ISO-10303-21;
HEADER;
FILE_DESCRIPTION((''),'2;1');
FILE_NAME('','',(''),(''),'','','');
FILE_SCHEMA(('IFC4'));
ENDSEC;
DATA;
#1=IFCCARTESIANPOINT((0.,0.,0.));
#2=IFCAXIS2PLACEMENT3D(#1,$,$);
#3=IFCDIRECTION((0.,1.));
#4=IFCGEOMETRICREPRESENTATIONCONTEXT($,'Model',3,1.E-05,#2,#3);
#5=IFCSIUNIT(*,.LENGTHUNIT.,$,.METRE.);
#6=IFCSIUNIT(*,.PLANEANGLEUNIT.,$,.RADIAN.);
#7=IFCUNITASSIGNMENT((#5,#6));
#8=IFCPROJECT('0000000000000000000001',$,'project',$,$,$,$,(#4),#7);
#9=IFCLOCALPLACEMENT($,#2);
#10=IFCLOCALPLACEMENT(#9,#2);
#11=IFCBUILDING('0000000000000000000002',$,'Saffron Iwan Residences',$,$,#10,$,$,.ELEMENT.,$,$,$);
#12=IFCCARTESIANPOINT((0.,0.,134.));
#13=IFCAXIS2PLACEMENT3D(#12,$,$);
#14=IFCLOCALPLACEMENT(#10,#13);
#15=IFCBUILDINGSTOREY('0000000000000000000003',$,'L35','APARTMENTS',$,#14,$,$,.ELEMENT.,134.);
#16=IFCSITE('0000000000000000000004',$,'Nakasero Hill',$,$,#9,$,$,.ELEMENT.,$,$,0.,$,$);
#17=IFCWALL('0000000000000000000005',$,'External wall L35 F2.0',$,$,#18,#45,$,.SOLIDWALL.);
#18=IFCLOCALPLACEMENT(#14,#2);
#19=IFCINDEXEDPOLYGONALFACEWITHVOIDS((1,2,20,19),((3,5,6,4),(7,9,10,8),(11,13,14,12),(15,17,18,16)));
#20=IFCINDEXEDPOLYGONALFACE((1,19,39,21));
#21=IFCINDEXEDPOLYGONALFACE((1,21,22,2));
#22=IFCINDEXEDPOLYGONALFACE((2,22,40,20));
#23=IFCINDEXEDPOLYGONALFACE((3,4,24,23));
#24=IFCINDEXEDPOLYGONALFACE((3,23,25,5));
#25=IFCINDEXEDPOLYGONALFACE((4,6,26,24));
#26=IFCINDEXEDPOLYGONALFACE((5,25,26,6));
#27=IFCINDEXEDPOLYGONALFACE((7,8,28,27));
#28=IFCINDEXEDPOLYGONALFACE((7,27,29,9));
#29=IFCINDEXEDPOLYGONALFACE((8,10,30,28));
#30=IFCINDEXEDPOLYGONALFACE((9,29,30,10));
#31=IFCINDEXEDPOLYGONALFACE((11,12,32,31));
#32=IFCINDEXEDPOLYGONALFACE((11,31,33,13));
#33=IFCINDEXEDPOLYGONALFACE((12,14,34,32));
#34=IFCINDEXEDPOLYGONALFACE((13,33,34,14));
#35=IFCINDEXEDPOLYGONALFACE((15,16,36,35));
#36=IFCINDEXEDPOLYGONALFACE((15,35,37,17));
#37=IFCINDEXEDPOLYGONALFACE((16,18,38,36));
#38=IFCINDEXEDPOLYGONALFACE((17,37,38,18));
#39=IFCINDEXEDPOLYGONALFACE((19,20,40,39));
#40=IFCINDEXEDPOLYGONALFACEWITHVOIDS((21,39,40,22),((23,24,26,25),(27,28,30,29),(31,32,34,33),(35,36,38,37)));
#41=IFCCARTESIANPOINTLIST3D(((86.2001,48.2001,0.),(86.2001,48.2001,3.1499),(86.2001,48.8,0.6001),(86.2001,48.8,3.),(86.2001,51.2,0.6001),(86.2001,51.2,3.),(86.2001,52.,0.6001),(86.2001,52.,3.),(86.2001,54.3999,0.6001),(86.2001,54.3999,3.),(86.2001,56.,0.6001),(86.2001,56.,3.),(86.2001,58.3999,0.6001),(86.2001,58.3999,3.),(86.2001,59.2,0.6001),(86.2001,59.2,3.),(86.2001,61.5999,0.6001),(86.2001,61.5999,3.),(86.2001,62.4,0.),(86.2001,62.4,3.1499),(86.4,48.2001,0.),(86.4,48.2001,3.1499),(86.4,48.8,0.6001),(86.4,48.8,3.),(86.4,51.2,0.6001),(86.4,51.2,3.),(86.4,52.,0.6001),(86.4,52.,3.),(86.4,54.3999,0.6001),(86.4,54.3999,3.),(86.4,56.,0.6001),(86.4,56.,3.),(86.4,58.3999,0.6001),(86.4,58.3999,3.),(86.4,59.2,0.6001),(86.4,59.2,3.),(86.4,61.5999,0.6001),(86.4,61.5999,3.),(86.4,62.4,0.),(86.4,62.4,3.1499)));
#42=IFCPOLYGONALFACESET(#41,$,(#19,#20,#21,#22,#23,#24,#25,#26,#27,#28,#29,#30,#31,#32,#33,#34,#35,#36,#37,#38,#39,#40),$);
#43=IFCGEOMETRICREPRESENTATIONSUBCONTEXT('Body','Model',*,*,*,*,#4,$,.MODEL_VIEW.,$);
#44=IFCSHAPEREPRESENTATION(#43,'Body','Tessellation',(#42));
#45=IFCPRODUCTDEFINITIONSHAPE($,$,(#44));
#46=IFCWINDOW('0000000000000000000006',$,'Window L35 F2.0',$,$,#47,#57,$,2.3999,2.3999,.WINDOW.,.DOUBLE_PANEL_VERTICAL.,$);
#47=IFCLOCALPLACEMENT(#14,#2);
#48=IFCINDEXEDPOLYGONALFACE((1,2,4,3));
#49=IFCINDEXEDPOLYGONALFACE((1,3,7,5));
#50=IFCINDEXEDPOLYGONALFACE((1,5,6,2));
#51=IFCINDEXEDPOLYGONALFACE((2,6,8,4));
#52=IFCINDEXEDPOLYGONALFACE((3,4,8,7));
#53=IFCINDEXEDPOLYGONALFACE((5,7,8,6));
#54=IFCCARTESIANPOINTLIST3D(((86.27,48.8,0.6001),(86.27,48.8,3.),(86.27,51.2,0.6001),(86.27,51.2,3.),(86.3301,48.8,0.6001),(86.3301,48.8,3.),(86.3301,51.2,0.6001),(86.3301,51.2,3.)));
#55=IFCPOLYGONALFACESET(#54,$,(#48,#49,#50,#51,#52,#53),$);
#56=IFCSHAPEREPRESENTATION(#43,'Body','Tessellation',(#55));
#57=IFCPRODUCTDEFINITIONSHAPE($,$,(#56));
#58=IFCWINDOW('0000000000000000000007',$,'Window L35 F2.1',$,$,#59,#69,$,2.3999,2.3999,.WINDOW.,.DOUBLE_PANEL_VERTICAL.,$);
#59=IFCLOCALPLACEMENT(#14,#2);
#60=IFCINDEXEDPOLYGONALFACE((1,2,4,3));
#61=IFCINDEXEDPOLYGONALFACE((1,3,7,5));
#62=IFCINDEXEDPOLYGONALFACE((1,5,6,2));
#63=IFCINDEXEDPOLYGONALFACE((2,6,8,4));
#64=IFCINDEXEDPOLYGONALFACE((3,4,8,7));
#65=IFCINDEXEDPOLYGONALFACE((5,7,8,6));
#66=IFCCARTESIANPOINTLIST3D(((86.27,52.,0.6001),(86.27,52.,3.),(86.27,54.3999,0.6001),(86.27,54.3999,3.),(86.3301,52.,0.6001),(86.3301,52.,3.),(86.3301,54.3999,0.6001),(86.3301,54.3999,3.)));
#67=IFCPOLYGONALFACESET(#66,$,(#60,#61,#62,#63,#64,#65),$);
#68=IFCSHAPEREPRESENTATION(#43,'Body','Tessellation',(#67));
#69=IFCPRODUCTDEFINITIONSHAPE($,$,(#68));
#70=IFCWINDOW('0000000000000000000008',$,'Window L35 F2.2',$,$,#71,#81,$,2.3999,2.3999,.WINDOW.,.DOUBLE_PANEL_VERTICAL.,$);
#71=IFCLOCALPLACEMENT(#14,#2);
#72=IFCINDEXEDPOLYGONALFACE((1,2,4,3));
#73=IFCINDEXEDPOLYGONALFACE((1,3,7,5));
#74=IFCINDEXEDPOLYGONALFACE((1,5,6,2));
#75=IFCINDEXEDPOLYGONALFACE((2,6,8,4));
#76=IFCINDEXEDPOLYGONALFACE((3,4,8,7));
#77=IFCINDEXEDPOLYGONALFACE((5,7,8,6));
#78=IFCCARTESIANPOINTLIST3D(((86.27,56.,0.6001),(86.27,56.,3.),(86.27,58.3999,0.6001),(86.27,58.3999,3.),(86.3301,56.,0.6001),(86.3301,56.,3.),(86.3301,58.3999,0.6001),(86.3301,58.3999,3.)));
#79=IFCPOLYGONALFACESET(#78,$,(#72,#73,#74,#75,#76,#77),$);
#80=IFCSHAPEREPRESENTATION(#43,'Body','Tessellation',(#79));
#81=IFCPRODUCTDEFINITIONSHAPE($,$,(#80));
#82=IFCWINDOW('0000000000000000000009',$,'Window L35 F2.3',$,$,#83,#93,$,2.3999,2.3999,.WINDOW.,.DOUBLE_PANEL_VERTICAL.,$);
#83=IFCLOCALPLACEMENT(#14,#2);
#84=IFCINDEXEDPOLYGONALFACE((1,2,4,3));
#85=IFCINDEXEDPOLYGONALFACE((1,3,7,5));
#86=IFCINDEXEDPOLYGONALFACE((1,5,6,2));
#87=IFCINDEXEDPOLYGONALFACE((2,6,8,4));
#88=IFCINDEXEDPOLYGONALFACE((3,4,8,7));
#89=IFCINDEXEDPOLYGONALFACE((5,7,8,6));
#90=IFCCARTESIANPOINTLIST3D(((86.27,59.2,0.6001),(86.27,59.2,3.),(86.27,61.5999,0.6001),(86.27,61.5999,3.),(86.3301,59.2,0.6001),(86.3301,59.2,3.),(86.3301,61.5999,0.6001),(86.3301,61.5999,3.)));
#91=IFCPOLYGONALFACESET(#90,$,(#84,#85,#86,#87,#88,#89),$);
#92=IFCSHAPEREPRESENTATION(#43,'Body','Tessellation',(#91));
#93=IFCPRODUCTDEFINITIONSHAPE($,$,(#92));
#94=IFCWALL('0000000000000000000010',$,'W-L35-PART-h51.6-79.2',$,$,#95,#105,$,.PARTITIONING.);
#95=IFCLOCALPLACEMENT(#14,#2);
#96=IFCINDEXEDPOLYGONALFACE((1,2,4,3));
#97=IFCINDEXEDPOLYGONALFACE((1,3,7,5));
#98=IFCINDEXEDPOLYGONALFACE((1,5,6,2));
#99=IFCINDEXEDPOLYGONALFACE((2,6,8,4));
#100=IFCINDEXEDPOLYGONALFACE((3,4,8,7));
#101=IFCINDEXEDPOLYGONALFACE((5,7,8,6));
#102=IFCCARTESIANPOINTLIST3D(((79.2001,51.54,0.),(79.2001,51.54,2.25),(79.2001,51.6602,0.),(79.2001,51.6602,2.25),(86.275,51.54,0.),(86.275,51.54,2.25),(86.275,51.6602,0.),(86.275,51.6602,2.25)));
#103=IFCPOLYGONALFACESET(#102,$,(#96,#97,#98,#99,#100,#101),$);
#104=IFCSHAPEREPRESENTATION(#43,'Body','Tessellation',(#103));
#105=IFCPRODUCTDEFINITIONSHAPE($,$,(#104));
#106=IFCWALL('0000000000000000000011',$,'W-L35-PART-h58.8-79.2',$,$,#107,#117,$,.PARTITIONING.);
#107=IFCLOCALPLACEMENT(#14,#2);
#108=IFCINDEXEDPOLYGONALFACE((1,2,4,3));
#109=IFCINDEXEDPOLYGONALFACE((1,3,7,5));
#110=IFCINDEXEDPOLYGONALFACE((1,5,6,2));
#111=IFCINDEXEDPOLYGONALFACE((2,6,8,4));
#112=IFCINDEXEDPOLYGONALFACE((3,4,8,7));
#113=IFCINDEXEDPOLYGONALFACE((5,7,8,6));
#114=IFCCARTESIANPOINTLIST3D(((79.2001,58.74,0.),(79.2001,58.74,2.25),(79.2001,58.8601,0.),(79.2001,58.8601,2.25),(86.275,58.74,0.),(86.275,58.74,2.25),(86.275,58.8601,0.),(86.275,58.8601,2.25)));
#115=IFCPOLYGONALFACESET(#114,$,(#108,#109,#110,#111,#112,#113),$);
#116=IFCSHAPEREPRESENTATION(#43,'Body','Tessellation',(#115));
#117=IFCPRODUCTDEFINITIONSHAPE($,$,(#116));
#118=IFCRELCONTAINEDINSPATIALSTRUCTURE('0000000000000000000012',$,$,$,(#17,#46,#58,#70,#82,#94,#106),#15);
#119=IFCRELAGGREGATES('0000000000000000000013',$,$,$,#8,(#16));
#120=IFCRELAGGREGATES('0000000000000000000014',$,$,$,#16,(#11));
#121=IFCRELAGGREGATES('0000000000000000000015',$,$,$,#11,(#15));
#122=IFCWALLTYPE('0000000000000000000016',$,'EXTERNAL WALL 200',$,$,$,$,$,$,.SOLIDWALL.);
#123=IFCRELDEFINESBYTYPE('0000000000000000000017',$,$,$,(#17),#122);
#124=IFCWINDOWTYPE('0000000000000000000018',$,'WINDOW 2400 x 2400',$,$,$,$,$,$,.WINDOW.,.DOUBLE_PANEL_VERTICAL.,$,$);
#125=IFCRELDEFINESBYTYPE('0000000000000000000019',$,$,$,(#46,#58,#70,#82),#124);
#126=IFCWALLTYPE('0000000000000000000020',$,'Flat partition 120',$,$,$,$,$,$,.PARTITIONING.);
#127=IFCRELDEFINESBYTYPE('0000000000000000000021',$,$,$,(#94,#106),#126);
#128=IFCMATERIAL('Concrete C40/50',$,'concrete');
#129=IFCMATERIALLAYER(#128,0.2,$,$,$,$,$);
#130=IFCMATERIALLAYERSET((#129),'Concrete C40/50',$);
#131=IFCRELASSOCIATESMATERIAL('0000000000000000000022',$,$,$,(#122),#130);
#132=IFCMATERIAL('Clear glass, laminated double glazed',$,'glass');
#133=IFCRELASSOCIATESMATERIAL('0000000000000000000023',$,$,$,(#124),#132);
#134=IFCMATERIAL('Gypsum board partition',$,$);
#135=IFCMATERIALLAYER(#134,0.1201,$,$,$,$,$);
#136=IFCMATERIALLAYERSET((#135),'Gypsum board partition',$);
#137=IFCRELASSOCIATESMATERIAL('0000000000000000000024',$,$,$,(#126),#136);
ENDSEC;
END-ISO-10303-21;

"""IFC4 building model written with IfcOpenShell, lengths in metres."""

from ifc_helpers import new_model, si_unit, direction, frame, frame_2d, origin, place, context, subcontext, project, spatial, rectangle, extrude, material, layer, layer_set, type_object, element, fill, save


model = new_model("IFC4")

# Units and contexts
model_context = context("Model", 3, precision=1e-05, world=origin(), true_north=direction((0.0, 1.0)))
body_context = subcontext(model_context, "Body", "Model", "MODEL_VIEW")
ifc_project = project(units=[si_unit("LENGTHUNIT", "METRE"), si_unit("PLANEANGLEUNIT", "RADIAN")], contexts=[model_context])

# Site, building, storey
site_placement = place(None, origin())
site = spatial("IfcSite", under=ifc_project, at=site_placement, Name="Nakasero Hill", CompositionType="ELEMENT", RefElevation=0.0)
building_placement = place(site_placement, origin())
building = spatial("IfcBuilding", under=site, at=building_placement, Name="Saffron Iwan Residences", CompositionType="ELEMENT")
storey_placement = place(building_placement, frame((0.0, 0.0, 134.0)))
storey = spatial("IfcBuildingStorey", under=building, at=storey_placement, Name="L35", Description="APARTMENTS", CompositionType="ELEMENT", Elevation=134.0)

# Shared definitions
ifc_material_1 = material(Name="Concrete C40/50", Category="concrete")
ifc_layer_1 = layer(ifc_material_1, 0.2)
ifc_layer_set_1 = layer_set([ifc_layer_1], Name="Concrete C40/50")
wall_type_1 = type_object("IfcWallType", Name="EXTERNAL WALL 200", PredefinedType="SOLIDWALL", material=ifc_layer_set_1)
ifc_material_2 = material(Name="Clear glass, laminated double glazed", Category="glass")
window_type = type_object("IfcWindowType", Name="WINDOW 2400 x 2400", PartitioningType="DOUBLE_PANEL_VERTICAL", PredefinedType="WINDOW", material=ifc_material_2)

# Wall, openings, windows
wall_1_placement = place(storey_placement, frame((86.3, 48.2, 0.0), z_axis=(0.0, 0.0, 1.0), x_axis=(0.0, 1.0, 0.0)))
wall_1 = element("IfcWall", 1, at=wall_1_placement, inside=storey, type_object=wall_type_1, Name="External wall L35 F2.0", PredefinedType="SOLIDWALL", context=body_context, shape_type="SweptSolid", body=[
    extrude(rectangle(XDim=14.2, YDim=0.2, at=frame_2d((7.1001, 0.0))), origin(), (0.0, 0.0, 1.0), 3.1499),
])
opening_1_placement = place(wall_1_placement, frame((0.6001, 0.0, 0.6001)))
opening_1 = element("IfcOpeningElement", 2, at=opening_1_placement, cuts=wall_1, PredefinedType="OPENING", context=body_context, shape_type="SweptSolid", body=[
    extrude(rectangle(XDim=2.3999, YDim=2.3999, at=frame_2d((1.2, 1.2))), frame((0.0, 0.1099, 0.0), z_axis=(0.0, -1.0, 0.0), x_axis=(1.0, 0.0, 0.0)), (0.0, 0.0, 1.0), 0.22),
])
opening_2_placement = place(wall_1_placement, frame((3.8, 0.0, 0.6001)))
opening_2 = element("IfcOpeningElement", 3, at=opening_2_placement, cuts=wall_1, PredefinedType="OPENING", context=body_context, shape_type="SweptSolid", body=[
    extrude(rectangle(XDim=2.3999, YDim=2.3999, at=frame_2d((1.2, 1.2))), frame((0.0, 0.1099, 0.0), z_axis=(0.0, -1.0, 0.0), x_axis=(1.0, 0.0, 0.0)), (0.0, 0.0, 1.0), 0.22),
])
opening_3_placement = place(wall_1_placement, frame((7.8, 0.0, 0.6001)))
opening_3 = element("IfcOpeningElement", 4, at=opening_3_placement, cuts=wall_1, PredefinedType="OPENING", context=body_context, shape_type="SweptSolid", body=[
    extrude(rectangle(XDim=2.3999, YDim=2.3999, at=frame_2d((1.2, 1.2))), frame((0.0, 0.1099, 0.0), z_axis=(0.0, -1.0, 0.0), x_axis=(1.0, 0.0, 0.0)), (0.0, 0.0, 1.0), 0.22),
])
opening_4_placement = place(wall_1_placement, frame((11.0, 0.0, 0.6001)))
opening_4 = element("IfcOpeningElement", 5, at=opening_4_placement, cuts=wall_1, PredefinedType="OPENING", context=body_context, shape_type="SweptSolid", body=[
    extrude(rectangle(XDim=2.3999, YDim=2.3999, at=frame_2d((1.2, 1.2))), frame((0.0, 0.1099, 0.0), z_axis=(0.0, -1.0, 0.0), x_axis=(1.0, 0.0, 0.0)), (0.0, 0.0, 1.0), 0.22),
])
window_1_placement = place(opening_1_placement, origin())
window_1 = element("IfcWindow", 6, at=window_1_placement, inside=storey, type_object=window_type, Name="Window L35 F2.0", OverallHeight=2.3999, OverallWidth=2.3999, PartitioningType="DOUBLE_PANEL_VERTICAL", PredefinedType="WINDOW", context=body_context, shape_type="SweptSolid", body=[
    extrude(rectangle(XDim=2.3999, YDim=2.3999, at=frame_2d((1.2, 1.2))), frame((0.0, 0.03, 0.0), z_axis=(0.0, -1.0, 0.0), x_axis=(1.0, 0.0, 0.0)), (0.0, 0.0, 1.0), 0.0601),
])
fill(opening_1, window_1)
window_2_placement = place(opening_2_placement, origin())
window_2 = element("IfcWindow", 7, at=window_2_placement, inside=storey, type_object=window_type, Name="Window L35 F2.1", OverallHeight=2.3999, OverallWidth=2.3999, PartitioningType="DOUBLE_PANEL_VERTICAL", PredefinedType="WINDOW", context=body_context, shape_type="SweptSolid", body=[
    extrude(rectangle(XDim=2.3999, YDim=2.3999, at=frame_2d((1.2, 1.2))), frame((0.0, 0.03, 0.0), z_axis=(0.0, -1.0, 0.0), x_axis=(1.0, 0.0, 0.0)), (0.0, 0.0, 1.0), 0.0601),
])
fill(opening_2, window_2)
window_3_placement = place(opening_3_placement, origin())
window_3 = element("IfcWindow", 8, at=window_3_placement, inside=storey, type_object=window_type, Name="Window L35 F2.2", OverallHeight=2.3999, OverallWidth=2.3999, PartitioningType="DOUBLE_PANEL_VERTICAL", PredefinedType="WINDOW", context=body_context, shape_type="SweptSolid", body=[
    extrude(rectangle(XDim=2.3999, YDim=2.3999, at=frame_2d((1.2, 1.2))), frame((0.0, 0.03, 0.0), z_axis=(0.0, -1.0, 0.0), x_axis=(1.0, 0.0, 0.0)), (0.0, 0.0, 1.0), 0.0601),
])
fill(opening_3, window_3)
window_4_placement = place(opening_4_placement, origin())
window_4 = element("IfcWindow", 9, at=window_4_placement, inside=storey, type_object=window_type, Name="Window L35 F2.3", OverallHeight=2.3999, OverallWidth=2.3999, PartitioningType="DOUBLE_PANEL_VERTICAL", PredefinedType="WINDOW", context=body_context, shape_type="SweptSolid", body=[
    extrude(rectangle(XDim=2.3999, YDim=2.3999, at=frame_2d((1.2, 1.2))), frame((0.0, 0.03, 0.0), z_axis=(0.0, -1.0, 0.0), x_axis=(1.0, 0.0, 0.0)), (0.0, 0.0, 1.0), 0.0601),
])
fill(opening_4, window_4)

# Walls
ifc_material_3 = material(Name="Gypsum board partition")
ifc_layer_2 = layer(ifc_material_3, 0.1201)
ifc_layer_set_2 = layer_set([ifc_layer_2], Name="Gypsum board partition")
wall_type_2 = type_object("IfcWallType", Name="Flat partition 120", PredefinedType="PARTITIONING", material=ifc_layer_set_2)
for number, where, z_axis, x_axis, name in (
    (10, (79.2, 51.6001, 0.0), (0.0, 0.0, 1.0), (1.0, 0.0, 0.0), "W-L35-PART-h51.6-79.2"),
    (11, (79.2, 58.8, 0.0), (0.0, 0.0, 1.0), (1.0, 0.0, 0.0), "W-L35-PART-h58.8-79.2"),
):
    element("IfcWall", number, at=place(storey_placement, frame(where, z_axis=z_axis, x_axis=x_axis)), inside=storey, type_object=wall_type_2, Name=name, PredefinedType="PARTITIONING", context=body_context, shape_type="SweptSolid", body=[
        extrude(rectangle(XDim=7.075, YDim=0.1201, at=frame_2d((3.5376, 0.0))), origin(), (0.0, 0.0, 1.0), 2.25),
    ])

save(model, "model.ifc")
